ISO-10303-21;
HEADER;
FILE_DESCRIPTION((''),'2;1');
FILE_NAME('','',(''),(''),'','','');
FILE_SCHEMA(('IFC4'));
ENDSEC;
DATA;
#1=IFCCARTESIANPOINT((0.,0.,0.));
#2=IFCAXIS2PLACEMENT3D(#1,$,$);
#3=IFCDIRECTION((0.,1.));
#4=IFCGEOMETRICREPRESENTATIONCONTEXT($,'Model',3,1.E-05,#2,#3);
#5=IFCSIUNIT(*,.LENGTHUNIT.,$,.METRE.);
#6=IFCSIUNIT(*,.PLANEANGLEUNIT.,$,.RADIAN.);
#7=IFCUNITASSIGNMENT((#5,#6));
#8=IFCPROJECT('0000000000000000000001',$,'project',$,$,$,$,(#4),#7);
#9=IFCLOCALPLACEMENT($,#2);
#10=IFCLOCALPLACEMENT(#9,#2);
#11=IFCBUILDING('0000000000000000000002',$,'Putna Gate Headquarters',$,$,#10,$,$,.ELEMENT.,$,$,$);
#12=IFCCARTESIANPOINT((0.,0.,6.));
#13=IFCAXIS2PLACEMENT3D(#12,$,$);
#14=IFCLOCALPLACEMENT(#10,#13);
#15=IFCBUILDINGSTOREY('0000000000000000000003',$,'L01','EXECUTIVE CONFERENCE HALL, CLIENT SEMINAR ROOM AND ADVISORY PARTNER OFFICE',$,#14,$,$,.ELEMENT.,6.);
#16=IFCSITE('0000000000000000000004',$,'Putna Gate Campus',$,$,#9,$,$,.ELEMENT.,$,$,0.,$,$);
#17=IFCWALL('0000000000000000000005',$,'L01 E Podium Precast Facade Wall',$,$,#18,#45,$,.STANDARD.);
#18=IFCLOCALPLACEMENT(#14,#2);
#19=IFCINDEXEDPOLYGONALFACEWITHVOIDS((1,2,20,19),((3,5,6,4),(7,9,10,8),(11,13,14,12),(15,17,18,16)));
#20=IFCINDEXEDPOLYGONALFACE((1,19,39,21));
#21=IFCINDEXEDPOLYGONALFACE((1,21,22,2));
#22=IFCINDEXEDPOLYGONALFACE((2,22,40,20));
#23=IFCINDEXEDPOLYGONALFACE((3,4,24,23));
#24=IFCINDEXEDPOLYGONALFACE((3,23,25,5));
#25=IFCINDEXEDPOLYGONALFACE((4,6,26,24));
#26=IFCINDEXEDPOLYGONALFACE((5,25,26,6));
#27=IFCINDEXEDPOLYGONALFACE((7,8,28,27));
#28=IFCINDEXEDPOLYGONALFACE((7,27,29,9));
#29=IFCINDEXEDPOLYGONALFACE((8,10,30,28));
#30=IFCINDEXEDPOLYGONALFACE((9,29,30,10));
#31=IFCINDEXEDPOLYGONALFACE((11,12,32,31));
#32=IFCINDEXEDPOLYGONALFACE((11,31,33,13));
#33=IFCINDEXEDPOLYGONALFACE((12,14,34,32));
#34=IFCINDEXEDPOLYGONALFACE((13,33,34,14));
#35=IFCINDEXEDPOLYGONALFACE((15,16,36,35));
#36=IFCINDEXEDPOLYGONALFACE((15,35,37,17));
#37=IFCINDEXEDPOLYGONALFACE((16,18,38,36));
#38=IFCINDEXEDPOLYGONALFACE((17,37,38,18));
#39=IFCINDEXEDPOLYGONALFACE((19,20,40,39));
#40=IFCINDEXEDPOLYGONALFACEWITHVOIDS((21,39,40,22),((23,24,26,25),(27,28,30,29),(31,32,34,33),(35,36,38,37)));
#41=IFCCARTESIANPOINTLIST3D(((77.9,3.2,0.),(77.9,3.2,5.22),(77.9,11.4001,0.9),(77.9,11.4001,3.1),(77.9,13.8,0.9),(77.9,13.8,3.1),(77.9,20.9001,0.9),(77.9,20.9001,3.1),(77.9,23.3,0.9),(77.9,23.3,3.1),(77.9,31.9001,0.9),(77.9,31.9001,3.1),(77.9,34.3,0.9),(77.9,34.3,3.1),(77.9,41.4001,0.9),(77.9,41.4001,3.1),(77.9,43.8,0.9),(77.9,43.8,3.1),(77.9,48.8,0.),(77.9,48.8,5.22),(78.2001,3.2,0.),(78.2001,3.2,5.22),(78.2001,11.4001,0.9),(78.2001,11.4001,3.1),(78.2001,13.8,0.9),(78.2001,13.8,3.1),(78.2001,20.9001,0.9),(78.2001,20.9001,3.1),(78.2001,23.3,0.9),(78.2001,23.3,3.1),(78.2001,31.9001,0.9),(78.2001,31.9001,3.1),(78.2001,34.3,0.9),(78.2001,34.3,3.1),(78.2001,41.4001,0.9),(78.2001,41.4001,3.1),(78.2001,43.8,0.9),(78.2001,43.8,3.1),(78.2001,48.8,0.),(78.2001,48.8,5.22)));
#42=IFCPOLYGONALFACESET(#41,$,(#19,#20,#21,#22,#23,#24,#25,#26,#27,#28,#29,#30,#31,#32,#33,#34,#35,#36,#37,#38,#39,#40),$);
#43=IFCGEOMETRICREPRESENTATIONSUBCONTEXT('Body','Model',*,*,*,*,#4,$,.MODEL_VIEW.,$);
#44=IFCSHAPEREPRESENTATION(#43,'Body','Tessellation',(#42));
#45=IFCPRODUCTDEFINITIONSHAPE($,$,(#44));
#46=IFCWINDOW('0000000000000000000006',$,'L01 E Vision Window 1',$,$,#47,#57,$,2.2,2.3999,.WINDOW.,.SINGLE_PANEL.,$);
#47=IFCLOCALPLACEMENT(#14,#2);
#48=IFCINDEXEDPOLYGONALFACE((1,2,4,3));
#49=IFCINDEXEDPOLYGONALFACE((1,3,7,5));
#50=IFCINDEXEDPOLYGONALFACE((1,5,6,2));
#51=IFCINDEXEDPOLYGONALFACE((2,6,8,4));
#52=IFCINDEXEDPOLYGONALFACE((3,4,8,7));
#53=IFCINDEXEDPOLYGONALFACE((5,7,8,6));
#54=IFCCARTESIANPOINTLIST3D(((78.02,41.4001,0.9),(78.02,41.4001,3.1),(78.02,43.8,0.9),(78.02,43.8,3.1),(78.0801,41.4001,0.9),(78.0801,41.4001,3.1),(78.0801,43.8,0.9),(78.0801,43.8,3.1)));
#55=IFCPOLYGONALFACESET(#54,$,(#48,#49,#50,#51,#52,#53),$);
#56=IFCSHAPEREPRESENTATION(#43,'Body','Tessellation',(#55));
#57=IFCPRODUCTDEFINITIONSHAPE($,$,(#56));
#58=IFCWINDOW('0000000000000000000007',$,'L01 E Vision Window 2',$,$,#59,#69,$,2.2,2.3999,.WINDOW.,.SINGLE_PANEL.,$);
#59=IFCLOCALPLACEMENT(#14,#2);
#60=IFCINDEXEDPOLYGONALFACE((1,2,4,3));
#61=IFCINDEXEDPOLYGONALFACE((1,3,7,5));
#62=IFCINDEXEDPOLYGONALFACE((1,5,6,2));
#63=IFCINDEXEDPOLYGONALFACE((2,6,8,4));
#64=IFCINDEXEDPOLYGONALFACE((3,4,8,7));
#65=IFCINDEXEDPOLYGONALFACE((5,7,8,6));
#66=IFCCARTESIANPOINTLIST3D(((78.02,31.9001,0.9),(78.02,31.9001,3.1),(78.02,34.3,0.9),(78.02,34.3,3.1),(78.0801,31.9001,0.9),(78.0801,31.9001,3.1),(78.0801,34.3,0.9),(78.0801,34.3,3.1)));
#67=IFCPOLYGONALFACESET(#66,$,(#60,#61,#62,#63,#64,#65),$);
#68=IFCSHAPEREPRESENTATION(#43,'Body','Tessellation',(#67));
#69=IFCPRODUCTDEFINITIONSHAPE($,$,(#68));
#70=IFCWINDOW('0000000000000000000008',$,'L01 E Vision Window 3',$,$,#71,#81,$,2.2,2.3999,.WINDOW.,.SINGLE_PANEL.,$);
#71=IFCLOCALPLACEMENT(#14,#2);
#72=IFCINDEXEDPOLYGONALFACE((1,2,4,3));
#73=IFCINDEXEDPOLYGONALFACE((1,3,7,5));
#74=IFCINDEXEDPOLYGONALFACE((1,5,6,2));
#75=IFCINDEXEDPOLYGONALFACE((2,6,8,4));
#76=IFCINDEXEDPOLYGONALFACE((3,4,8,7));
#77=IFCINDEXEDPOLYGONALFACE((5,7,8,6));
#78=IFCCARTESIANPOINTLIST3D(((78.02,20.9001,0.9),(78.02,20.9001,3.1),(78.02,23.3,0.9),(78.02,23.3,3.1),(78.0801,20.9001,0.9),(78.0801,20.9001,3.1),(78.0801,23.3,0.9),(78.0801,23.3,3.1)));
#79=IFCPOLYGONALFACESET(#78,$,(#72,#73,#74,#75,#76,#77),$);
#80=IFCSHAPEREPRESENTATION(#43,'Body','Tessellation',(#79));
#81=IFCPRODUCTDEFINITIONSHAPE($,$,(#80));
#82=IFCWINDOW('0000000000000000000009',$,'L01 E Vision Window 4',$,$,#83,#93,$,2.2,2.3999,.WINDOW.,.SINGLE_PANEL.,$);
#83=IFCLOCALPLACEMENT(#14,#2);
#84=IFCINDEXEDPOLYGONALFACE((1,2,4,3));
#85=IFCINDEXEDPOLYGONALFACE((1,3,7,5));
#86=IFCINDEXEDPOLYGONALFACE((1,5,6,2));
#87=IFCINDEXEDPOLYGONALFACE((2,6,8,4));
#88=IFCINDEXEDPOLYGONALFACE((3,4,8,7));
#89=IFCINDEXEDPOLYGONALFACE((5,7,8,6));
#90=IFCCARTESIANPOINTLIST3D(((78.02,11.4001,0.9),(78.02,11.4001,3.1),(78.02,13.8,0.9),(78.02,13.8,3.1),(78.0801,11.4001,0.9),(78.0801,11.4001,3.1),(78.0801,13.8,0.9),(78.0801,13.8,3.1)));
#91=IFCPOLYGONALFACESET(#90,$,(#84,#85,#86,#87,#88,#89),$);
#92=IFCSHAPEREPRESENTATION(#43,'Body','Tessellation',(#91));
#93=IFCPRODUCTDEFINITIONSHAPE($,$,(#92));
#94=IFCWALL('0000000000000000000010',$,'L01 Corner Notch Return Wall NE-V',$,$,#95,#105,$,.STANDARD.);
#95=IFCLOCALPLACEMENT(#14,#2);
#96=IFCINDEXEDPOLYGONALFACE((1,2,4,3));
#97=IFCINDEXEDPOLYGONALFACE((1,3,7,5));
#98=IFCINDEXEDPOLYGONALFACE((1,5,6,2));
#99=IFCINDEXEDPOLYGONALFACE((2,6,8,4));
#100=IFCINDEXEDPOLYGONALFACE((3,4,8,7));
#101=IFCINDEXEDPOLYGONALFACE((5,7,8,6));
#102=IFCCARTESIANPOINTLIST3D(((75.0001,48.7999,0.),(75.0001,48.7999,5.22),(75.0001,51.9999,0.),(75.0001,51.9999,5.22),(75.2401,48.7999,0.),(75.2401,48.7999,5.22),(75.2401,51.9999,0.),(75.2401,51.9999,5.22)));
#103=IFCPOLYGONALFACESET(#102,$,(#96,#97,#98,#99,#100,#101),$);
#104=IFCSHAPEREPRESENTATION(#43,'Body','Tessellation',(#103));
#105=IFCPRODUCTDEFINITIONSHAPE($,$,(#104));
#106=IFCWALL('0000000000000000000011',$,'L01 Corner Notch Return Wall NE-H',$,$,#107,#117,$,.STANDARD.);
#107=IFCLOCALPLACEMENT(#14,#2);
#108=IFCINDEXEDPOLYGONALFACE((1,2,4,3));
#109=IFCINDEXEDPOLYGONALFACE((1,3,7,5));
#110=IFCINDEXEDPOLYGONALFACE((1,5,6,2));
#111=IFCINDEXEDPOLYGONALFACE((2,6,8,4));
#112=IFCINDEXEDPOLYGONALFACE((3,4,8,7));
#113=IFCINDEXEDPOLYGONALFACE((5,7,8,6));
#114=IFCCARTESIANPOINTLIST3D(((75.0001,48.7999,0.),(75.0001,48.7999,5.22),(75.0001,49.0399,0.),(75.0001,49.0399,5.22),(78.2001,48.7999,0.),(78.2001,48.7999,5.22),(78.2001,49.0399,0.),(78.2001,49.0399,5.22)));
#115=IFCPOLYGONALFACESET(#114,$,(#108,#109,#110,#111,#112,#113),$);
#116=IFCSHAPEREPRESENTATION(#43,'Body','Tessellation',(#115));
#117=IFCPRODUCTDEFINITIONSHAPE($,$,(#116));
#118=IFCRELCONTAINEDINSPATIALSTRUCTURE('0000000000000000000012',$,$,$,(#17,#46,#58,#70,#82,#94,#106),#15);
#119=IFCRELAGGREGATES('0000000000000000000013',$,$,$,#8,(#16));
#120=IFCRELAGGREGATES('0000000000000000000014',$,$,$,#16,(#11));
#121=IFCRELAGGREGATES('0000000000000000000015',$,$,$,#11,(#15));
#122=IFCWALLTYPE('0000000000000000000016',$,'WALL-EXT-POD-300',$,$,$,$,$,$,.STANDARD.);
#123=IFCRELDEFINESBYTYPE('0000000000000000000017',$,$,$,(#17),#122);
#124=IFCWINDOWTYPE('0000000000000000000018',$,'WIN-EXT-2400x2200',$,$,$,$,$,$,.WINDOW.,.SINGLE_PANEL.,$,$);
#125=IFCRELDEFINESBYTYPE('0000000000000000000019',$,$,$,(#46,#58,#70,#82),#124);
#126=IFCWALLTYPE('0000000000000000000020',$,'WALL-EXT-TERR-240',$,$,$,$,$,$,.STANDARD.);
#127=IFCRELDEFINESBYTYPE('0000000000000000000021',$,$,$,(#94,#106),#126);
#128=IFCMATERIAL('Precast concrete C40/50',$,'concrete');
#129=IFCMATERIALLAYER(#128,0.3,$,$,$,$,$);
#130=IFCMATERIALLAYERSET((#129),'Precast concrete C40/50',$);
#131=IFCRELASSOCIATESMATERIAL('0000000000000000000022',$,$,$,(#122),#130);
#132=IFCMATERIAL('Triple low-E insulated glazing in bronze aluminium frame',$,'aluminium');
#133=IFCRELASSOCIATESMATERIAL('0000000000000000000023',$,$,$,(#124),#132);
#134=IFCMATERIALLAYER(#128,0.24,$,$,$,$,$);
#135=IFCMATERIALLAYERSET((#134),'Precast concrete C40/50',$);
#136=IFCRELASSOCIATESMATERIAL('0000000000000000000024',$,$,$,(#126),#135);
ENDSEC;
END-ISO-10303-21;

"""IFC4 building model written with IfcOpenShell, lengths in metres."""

from ifc_helpers import new_model, si_unit, direction, frame, frame_2d, origin, place, context, subcontext, project, spatial, rectangle, extrude, material, layer, layer_set, type_object, element, fill, save


model = new_model("IFC4")

# Units and contexts
model_context = context("Model", 3, precision=1e-05, world=origin(), true_north=direction((0.0, 1.0)))
body_context = subcontext(model_context, "Body", "Model", "MODEL_VIEW")
ifc_project = project(units=[si_unit("LENGTHUNIT", "METRE"), si_unit("PLANEANGLEUNIT", "RADIAN")], contexts=[model_context])

# Site, building, storey
site_placement = place(None, origin())
site = spatial("IfcSite", under=ifc_project, at=site_placement, Name="Putna Gate Campus", CompositionType="ELEMENT", RefElevation=0.0)
building_placement = place(site_placement, origin())
building = spatial("IfcBuilding", under=site, at=building_placement, Name="Putna Gate Headquarters", CompositionType="ELEMENT")
storey_placement = place(building_placement, frame((0.0, 0.0, 6.0)))
storey = spatial("IfcBuildingStorey", under=building, at=storey_placement, Name="L01", Description="EXECUTIVE CONFERENCE HALL, CLIENT SEMINAR ROOM AND ADVISORY PARTNER OFFICE", CompositionType="ELEMENT", Elevation=6.0)

# Wall, openings, windows
ifc_material_1 = material(Name="Precast concrete C40/50", Category="concrete")
ifc_layer_1 = layer(ifc_material_1, 0.3)
ifc_layer_set_1 = layer_set([ifc_layer_1], Name="Precast concrete C40/50")
wall_type_1 = type_object("IfcWallType", Name="WALL-EXT-POD-300", PredefinedType="STANDARD", material=ifc_layer_set_1)
wall_placement = place(storey_placement, frame((78.05, 48.8, 0.0), z_axis=(0.0, 0.0, 1.0), x_axis=(0.0, -1.0, 0.0)))
wall = element("IfcWall", 1, at=wall_placement, inside=storey, type_object=wall_type_1, Name="L01 E Podium Precast Facade Wall", PredefinedType="STANDARD", context=body_context, shape_type="SweptSolid", body=[
    extrude(rectangle(XDim=45.6001, YDim=0.3, at=frame_2d((22.8, 0.0))), origin(), (0.0, 0.0, 1.0), 5.22),
])
opening_1_placement = place(wall_placement, frame((5.0, 0.0, 0.8999)))
opening_1 = element("IfcOpeningElement", 2, at=opening_1_placement, cuts=wall, PredefinedType="OPENING", context=body_context, shape_type="SweptSolid", body=[
    extrude(rectangle(XDim=2.3999, YDim=2.2, at=frame_2d((1.2, 1.1001))), frame((0.0, 0.1599, 0.0), z_axis=(0.0, -1.0, 0.0), x_axis=(1.0, 0.0, 0.0)), (0.0, 0.0, 1.0), 0.3201),
])
opening_2_placement = place(wall_placement, frame((14.5, 0.0, 0.8999)))
opening_2 = element("IfcOpeningElement", 3, at=opening_2_placement, cuts=wall, PredefinedType="OPENING", context=body_context, shape_type="SweptSolid", body=[
    extrude(rectangle(XDim=2.3999, YDim=2.2, at=frame_2d((1.2, 1.1001))), frame((0.0, 0.1599, 0.0), z_axis=(0.0, -1.0, 0.0), x_axis=(1.0, 0.0, 0.0)), (0.0, 0.0, 1.0), 0.3201),
])
opening_3_placement = place(wall_placement, frame((25.5, 0.0, 0.8999)))
opening_3 = element("IfcOpeningElement", 4, at=opening_3_placement, cuts=wall, PredefinedType="OPENING", context=body_context, shape_type="SweptSolid", body=[
    extrude(rectangle(XDim=2.3999, YDim=2.2, at=frame_2d((1.2, 1.1001))), frame((0.0, 0.1599, 0.0), z_axis=(0.0, -1.0, 0.0), x_axis=(1.0, 0.0, 0.0)), (0.0, 0.0, 1.0), 0.3201),
])
opening_4_placement = place(wall_placement, frame((35.0, 0.0, 0.8999)))
opening_4 = element("IfcOpeningElement", 5, at=opening_4_placement, cuts=wall, PredefinedType="OPENING", context=body_context, shape_type="SweptSolid", body=[
    extrude(rectangle(XDim=2.3999, YDim=2.2, at=frame_2d((1.2, 1.1001))), frame((0.0, 0.1599, 0.0), z_axis=(0.0, -1.0, 0.0), x_axis=(1.0, 0.0, 0.0)), (0.0, 0.0, 1.0), 0.3201),
])
ifc_material_2 = material(Name="Triple low-E insulated glazing in bronze aluminium frame", Category="aluminium")
window_type = type_object("IfcWindowType", Name="WIN-EXT-2400x2200", PartitioningType="SINGLE_PANEL", PredefinedType="WINDOW", material=ifc_material_2)
window_1_placement = place(opening_1_placement, origin())
window_1 = element("IfcWindow", 6, at=window_1_placement, inside=storey, type_object=window_type, Name="L01 E Vision Window 1", OverallHeight=2.2, OverallWidth=2.3999, PartitioningType="SINGLE_PANEL", PredefinedType="WINDOW", context=body_context, shape_type="SweptSolid", body=[
    extrude(rectangle(XDim=2.3999, YDim=2.2, at=frame_2d((1.2, 1.1001))), frame((0.0, 0.03, 0.0), z_axis=(0.0, -1.0, 0.0), x_axis=(1.0, 0.0, 0.0)), (0.0, 0.0, 1.0), 0.0601),
])
fill(opening_1, window_1)
window_2_placement = place(opening_2_placement, origin())
window_2 = element("IfcWindow", 7, at=window_2_placement, inside=storey, type_object=window_type, Name="L01 E Vision Window 2", OverallHeight=2.2, OverallWidth=2.3999, PartitioningType="SINGLE_PANEL", PredefinedType="WINDOW", context=body_context, shape_type="SweptSolid", body=[
    extrude(rectangle(XDim=2.3999, YDim=2.2, at=frame_2d((1.2, 1.1001))), frame((0.0, 0.03, 0.0), z_axis=(0.0, -1.0, 0.0), x_axis=(1.0, 0.0, 0.0)), (0.0, 0.0, 1.0), 0.0601),
])
fill(opening_2, window_2)
window_3_placement = place(opening_3_placement, origin())
window_3 = element("IfcWindow", 8, at=window_3_placement, inside=storey, type_object=window_type, Name="L01 E Vision Window 3", OverallHeight=2.2, OverallWidth=2.3999, PartitioningType="SINGLE_PANEL", PredefinedType="WINDOW", context=body_context, shape_type="SweptSolid", body=[
    extrude(rectangle(XDim=2.3999, YDim=2.2, at=frame_2d((1.2, 1.1001))), frame((0.0, 0.03, 0.0), z_axis=(0.0, -1.0, 0.0), x_axis=(1.0, 0.0, 0.0)), (0.0, 0.0, 1.0), 0.0601),
])
fill(opening_3, window_3)
window_4_placement = place(opening_4_placement, origin())
window_4 = element("IfcWindow", 9, at=window_4_placement, inside=storey, type_object=window_type, Name="L01 E Vision Window 4", OverallHeight=2.2, OverallWidth=2.3999, PartitioningType="SINGLE_PANEL", PredefinedType="WINDOW", context=body_context, shape_type="SweptSolid", body=[
    extrude(rectangle(XDim=2.3999, YDim=2.2, at=frame_2d((1.2, 1.1001))), frame((0.0, 0.03, 0.0), z_axis=(0.0, -1.0, 0.0), x_axis=(1.0, 0.0, 0.0)), (0.0, 0.0, 1.0), 0.0601),
])
fill(opening_4, window_4)

# Walls
ifc_layer_2 = layer(ifc_material_1, 0.24)
ifc_layer_set_2 = layer_set([ifc_layer_2], Name="Precast concrete C40/50")
wall_type_2 = type_object("IfcWallType", Name="WALL-EXT-TERR-240", PredefinedType="STANDARD", material=ifc_layer_set_2)
for number, where, z_axis, x_axis, name in (
    (10, (75.1201, 52.0, 0.0), (0.0, 0.0, 1.0), (0.0, -1.0, 0.0), "L01 Corner Notch Return Wall NE-V"),
    (11, (75.0, 48.9199, 0.0), (0.0, 0.0, 1.0), (1.0, 0.0, 0.0), "L01 Corner Notch Return Wall NE-H"),
):
    element("IfcWall", number, at=place(storey_placement, frame(where, z_axis=z_axis, x_axis=x_axis)), inside=storey, type_object=wall_type_2, Name=name, PredefinedType="STANDARD", context=body_context, shape_type="SweptSolid", body=[
        extrude(rectangle(XDim=3.2, YDim=0.24, at=frame_2d((1.6001, 0.0))), origin(), (0.0, 0.0, 1.0), 5.22),
    ])

save(model, "model.ifc")
